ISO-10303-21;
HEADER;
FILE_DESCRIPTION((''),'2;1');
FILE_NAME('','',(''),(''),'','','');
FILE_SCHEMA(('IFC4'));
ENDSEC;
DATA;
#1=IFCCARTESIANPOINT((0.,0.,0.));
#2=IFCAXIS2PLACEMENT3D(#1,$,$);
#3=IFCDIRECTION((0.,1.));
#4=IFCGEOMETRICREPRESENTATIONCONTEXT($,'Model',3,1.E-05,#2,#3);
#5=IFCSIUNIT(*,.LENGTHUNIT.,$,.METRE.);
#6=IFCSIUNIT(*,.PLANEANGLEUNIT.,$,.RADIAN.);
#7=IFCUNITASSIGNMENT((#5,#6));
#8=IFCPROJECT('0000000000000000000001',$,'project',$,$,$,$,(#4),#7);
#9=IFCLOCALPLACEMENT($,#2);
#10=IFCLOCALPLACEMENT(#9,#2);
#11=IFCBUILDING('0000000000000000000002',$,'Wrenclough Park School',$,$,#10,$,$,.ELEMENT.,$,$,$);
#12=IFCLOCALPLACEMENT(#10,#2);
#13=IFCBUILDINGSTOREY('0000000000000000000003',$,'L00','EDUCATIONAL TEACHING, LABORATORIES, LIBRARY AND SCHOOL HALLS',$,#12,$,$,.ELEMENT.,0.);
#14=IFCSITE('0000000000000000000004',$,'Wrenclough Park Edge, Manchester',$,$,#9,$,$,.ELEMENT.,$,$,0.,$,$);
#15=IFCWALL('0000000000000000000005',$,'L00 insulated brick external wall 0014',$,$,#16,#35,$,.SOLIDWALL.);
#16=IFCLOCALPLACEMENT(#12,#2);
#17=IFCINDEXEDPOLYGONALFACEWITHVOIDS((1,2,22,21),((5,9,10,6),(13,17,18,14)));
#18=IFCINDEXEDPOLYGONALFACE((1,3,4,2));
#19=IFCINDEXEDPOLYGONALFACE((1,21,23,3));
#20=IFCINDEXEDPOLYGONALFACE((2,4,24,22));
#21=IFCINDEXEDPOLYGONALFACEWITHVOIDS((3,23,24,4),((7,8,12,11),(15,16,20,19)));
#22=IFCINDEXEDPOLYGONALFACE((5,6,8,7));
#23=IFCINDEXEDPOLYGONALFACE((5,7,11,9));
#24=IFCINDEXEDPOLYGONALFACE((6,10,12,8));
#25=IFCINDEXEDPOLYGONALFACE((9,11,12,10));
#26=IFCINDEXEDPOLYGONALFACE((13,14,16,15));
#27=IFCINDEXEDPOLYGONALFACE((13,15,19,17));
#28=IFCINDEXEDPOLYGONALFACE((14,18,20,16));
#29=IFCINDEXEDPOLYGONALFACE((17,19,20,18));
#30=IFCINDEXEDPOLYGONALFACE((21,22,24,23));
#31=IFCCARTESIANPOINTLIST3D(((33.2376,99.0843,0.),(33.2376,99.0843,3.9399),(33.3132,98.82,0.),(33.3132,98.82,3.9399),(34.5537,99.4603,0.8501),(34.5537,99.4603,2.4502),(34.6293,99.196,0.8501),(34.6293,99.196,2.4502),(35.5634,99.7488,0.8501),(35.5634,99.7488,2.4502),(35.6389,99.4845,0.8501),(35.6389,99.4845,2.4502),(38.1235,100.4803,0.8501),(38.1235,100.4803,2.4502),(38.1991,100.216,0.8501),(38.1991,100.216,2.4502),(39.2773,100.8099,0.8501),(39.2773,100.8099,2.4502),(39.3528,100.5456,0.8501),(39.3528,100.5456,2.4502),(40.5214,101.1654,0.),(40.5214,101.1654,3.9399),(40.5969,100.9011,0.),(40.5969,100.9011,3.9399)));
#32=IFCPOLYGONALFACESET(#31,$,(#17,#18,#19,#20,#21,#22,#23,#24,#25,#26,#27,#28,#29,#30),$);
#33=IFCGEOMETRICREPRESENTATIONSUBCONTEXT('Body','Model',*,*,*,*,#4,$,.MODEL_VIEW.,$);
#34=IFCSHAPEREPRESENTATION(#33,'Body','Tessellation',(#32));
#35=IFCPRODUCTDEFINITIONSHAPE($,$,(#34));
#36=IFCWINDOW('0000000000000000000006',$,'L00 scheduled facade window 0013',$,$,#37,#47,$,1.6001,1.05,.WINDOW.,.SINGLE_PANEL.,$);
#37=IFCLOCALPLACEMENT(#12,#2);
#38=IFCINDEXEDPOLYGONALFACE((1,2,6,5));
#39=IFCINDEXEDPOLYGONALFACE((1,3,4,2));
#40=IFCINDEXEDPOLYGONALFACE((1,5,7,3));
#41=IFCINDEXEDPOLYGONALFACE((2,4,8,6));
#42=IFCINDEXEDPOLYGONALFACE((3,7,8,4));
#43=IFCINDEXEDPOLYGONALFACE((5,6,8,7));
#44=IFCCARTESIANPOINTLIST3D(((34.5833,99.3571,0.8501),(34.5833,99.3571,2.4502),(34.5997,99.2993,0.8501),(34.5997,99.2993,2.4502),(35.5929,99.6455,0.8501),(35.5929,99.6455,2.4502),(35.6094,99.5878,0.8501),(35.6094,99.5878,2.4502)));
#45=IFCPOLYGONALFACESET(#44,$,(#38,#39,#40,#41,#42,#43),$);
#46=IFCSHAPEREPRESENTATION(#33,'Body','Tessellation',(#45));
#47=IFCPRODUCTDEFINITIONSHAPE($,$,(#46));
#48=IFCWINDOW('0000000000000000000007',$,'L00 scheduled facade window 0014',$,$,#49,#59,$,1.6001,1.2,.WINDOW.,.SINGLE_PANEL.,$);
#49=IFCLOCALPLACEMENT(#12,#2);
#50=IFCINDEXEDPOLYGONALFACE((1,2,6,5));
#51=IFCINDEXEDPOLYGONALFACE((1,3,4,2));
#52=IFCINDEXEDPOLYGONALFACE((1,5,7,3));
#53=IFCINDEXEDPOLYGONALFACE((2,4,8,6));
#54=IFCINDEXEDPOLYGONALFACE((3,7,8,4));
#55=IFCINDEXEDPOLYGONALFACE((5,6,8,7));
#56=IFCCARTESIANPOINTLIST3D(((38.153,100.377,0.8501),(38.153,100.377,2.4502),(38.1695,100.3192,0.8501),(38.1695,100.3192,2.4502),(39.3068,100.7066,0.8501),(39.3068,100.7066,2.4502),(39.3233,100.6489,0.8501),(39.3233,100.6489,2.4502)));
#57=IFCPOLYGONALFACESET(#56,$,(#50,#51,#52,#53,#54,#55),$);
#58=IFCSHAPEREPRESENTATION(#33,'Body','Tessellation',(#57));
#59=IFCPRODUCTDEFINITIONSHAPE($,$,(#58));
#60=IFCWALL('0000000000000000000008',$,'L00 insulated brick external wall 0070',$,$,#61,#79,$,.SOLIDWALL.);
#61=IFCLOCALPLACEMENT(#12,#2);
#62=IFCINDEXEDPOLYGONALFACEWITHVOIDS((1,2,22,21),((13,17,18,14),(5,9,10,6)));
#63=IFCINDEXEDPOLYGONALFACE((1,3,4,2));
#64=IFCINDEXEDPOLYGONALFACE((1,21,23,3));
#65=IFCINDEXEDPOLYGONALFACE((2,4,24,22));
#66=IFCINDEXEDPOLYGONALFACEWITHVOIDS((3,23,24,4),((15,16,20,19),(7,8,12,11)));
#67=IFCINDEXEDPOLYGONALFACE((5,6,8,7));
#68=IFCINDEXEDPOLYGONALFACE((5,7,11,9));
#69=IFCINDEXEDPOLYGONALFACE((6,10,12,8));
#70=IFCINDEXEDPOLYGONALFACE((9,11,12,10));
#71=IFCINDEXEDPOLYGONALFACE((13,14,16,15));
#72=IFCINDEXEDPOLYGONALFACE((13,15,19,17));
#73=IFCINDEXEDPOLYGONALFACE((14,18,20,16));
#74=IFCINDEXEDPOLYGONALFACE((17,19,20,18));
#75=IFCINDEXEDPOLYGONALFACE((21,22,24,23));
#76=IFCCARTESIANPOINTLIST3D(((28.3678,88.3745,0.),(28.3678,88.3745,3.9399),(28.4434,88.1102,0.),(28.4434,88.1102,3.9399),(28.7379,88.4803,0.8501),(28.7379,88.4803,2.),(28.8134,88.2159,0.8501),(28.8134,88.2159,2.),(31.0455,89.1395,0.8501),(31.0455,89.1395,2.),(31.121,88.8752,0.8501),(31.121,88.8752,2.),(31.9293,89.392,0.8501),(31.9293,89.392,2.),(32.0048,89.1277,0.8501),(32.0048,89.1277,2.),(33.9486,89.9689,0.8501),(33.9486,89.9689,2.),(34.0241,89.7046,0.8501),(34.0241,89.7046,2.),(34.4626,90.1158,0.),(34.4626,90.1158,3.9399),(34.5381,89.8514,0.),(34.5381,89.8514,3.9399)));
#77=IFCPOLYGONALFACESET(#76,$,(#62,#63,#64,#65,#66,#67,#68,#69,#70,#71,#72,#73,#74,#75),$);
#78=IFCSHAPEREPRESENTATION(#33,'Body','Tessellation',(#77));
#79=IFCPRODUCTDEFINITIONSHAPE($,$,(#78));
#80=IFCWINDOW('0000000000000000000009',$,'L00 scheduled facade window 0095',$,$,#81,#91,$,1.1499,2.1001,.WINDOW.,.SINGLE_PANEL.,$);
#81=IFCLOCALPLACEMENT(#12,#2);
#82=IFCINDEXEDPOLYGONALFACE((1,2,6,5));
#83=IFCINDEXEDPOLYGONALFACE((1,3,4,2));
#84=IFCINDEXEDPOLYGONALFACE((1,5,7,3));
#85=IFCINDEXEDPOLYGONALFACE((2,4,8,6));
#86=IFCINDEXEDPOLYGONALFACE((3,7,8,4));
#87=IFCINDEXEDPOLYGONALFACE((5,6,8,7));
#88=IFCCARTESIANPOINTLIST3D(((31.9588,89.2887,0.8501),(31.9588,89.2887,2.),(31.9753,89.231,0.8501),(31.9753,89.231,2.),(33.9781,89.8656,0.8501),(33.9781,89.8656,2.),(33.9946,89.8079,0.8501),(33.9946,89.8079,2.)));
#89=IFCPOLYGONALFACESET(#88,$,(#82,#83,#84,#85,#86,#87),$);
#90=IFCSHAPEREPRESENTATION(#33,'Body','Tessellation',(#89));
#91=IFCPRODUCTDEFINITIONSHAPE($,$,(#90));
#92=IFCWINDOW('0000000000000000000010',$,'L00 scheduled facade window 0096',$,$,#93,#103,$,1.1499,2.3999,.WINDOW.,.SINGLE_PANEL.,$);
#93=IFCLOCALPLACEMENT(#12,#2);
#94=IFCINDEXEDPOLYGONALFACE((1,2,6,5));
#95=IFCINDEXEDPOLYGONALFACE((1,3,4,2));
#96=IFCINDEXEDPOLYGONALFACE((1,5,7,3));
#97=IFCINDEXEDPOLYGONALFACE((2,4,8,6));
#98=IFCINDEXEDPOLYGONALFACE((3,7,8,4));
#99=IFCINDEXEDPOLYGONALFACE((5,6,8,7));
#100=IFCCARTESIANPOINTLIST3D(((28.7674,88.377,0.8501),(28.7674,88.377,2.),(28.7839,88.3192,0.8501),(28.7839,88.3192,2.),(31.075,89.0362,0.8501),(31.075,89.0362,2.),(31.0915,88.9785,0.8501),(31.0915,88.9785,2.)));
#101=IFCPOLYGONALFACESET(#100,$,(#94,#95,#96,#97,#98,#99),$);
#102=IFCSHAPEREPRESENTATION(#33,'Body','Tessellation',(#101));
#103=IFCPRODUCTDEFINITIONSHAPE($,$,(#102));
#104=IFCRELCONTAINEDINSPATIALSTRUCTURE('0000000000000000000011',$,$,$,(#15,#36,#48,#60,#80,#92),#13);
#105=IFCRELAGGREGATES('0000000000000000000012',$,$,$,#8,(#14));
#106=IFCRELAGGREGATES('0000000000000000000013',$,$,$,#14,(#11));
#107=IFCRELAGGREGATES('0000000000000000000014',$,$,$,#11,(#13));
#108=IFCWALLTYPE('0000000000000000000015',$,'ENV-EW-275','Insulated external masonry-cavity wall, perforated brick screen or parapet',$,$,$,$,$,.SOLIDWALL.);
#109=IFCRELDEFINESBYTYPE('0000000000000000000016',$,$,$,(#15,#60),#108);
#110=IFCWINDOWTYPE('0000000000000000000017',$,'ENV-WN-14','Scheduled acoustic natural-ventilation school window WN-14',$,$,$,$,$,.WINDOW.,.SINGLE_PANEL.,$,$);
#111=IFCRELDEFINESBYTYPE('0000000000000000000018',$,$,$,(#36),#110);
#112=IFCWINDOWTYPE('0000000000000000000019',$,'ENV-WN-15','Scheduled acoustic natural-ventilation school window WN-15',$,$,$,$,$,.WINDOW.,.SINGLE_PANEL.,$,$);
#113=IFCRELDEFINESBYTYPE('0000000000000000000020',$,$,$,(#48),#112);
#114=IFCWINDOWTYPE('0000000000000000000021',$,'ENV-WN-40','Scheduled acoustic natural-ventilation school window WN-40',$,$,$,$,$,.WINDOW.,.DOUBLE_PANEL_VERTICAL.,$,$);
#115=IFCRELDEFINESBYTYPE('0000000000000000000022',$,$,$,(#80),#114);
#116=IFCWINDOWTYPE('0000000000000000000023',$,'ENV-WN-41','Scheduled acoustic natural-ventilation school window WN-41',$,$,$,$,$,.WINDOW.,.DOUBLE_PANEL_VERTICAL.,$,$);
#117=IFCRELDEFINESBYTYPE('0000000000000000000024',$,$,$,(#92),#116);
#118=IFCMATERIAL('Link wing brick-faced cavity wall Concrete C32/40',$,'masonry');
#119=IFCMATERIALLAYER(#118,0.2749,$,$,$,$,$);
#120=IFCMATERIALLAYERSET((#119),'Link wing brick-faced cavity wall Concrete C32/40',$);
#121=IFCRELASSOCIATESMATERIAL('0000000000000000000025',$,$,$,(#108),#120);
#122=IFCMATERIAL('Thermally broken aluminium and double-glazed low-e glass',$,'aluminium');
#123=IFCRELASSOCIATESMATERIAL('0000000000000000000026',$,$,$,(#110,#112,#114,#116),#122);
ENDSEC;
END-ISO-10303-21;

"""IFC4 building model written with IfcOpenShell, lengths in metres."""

from ifc_helpers import new_model, si_unit, direction, frame, frame_2d, origin, place, context, subcontext, project, spatial, rectangle, extrude, material, layer, layer_set, type_object, element, fill, save


model = new_model("IFC4")

# Units and contexts
model_context = context("Model", 3, precision=1e-05, world=origin(), true_north=direction((0.0, 1.0)))
body_context = subcontext(model_context, "Body", "Model", "MODEL_VIEW")
ifc_project = project(units=[si_unit("LENGTHUNIT", "METRE"), si_unit("PLANEANGLEUNIT", "RADIAN")], contexts=[model_context])

# Site, building, storey
site_placement = place(None, origin())
site = spatial("IfcSite", under=ifc_project, at=site_placement, Name="Wrenclough Park Edge, Manchester", CompositionType="ELEMENT", RefElevation=0.0)
building_placement = place(site_placement, origin())
building = spatial("IfcBuilding", under=site, at=building_placement, Name="Wrenclough Park School", CompositionType="ELEMENT")
storey_placement = place(building_placement, origin())
storey = spatial("IfcBuildingStorey", under=building, at=storey_placement, Name="L00", Description="EDUCATIONAL TEACHING, LABORATORIES, LIBRARY AND SCHOOL HALLS", CompositionType="ELEMENT", Elevation=0.0)

# Walls, openings, windows
ifc_material_1 = material(Name="Link wing brick-faced cavity wall Concrete C32/40", Category="masonry")
ifc_layer_1 = layer(ifc_material_1, 0.2749)
ifc_layer_set_1 = layer_set([ifc_layer_1], Name="Link wing brick-faced cavity wall Concrete C32/40")
wall_type = type_object("IfcWallType", Name="ENV-EW-275", Description="Insulated external masonry-cavity wall, perforated brick screen or parapet", PredefinedType="SOLIDWALL", material=ifc_layer_set_1)
wall_1_placement = place(storey_placement, frame((33.2754, 98.9521, 0.0), z_axis=(0.0, 0.0, 1.0), x_axis=(0.961524, 0.274721, 0.0)))
wall_1 = element("IfcWall", 1, at=wall_1_placement, inside=storey, type_object=wall_type, Name="L00 insulated brick external wall 0014", PredefinedType="SOLIDWALL", context=body_context, shape_type="SweptSolid", body=[
    extrude(rectangle(XDim=7.5752, YDim=0.2749, at=frame_2d((3.7876, 0.0))), origin(), (0.0, 0.0, 1.0), 3.9399),
])
opening_1_placement = place(wall_1_placement, frame((1.3689, 0.0, 0.8501)))
opening_1 = element("IfcOpeningElement", 2, at=opening_1_placement, cuts=wall_1, PredefinedType="OPENING", context=body_context, shape_type="SweptSolid", body=[
    extrude(rectangle(XDim=1.05, YDim=1.6001, at=frame_2d((0.5249, 0.8))), frame((0.0, 0.1475, 0.0), z_axis=(0.0, -1.0, 0.0), x_axis=(1.0, 0.0, 0.0)), (0.0, 0.0, 1.0), 0.2949),
])
opening_2_placement = place(wall_1_placement, frame((5.0813, 0.0, 0.8501)))
opening_2 = element("IfcOpeningElement", 3, at=opening_2_placement, cuts=wall_1, PredefinedType="OPENING", context=body_context, shape_type="SweptSolid", body=[
    extrude(rectangle(XDim=1.2, YDim=1.6001, at=frame_2d((0.6001, 0.8))), frame((0.0, 0.1475, 0.0), z_axis=(0.0, -1.0, 0.0), x_axis=(1.0, 0.0, 0.0)), (0.0, 0.0, 1.0), 0.2949),
])
ifc_material_2 = material(Name="Thermally broken aluminium and double-glazed low-e glass", Category="aluminium")
window_type_1 = type_object("IfcWindowType", Name="ENV-WN-14", Description="Scheduled acoustic natural-ventilation school window WN-14", PartitioningType="SINGLE_PANEL", PredefinedType="WINDOW", material=ifc_material_2)
window_1_placement = place(opening_1_placement, origin())
window_1 = element("IfcWindow", 4, at=window_1_placement, inside=storey, type_object=window_type_1, Name="L00 scheduled facade window 0013", OverallHeight=1.6001, OverallWidth=1.05, PartitioningType="SINGLE_PANEL", PredefinedType="WINDOW", context=body_context, shape_type="SweptSolid", body=[
    extrude(rectangle(XDim=1.05, YDim=1.6001, at=frame_2d((0.5249, 0.8))), frame((0.0, 0.03, 0.0), z_axis=(0.0, -1.0, 0.0), x_axis=(1.0, 0.0, 0.0)), (0.0, 0.0, 1.0), 0.0601),
])
fill(opening_1, window_1)
window_type_2 = type_object("IfcWindowType", Name="ENV-WN-15", Description="Scheduled acoustic natural-ventilation school window WN-15", PartitioningType="SINGLE_PANEL", PredefinedType="WINDOW", material=ifc_material_2)
window_2_placement = place(opening_2_placement, origin())
window_2 = element("IfcWindow", 5, at=window_2_placement, inside=storey, type_object=window_type_2, Name="L00 scheduled facade window 0014", OverallHeight=1.6001, OverallWidth=1.2, PartitioningType="SINGLE_PANEL", PredefinedType="WINDOW", context=body_context, shape_type="SweptSolid", body=[
    extrude(rectangle(XDim=1.2, YDim=1.6001, at=frame_2d((0.6001, 0.8))), frame((0.0, 0.03, 0.0), z_axis=(0.0, -1.0, 0.0), x_axis=(1.0, 0.0, 0.0)), (0.0, 0.0, 1.0), 0.0601),
])
fill(opening_2, window_2)
wall_2_placement = place(storey_placement, frame((34.5005, 89.9836, 0.0), z_axis=(0.0, 0.0, 1.0), x_axis=(-0.96153, -0.274701, 0.0)))
wall_2 = element("IfcWall", 6, at=wall_2_placement, inside=storey, type_object=wall_type, Name="L00 insulated brick external wall 0070", PredefinedType="SOLIDWALL", context=body_context, shape_type="SweptSolid", body=[
    extrude(rectangle(XDim=6.3386, YDim=0.2749, at=frame_2d((3.1694, 0.0))), origin(), (0.0, 0.0, 1.0), 3.9399),
])
opening_3_placement = place(wall_2_placement, frame((0.5347, 0.0, 0.8501)))
opening_3 = element("IfcOpeningElement", 7, at=opening_3_placement, cuts=wall_2, PredefinedType="OPENING", context=body_context, shape_type="SweptSolid", body=[
    extrude(rectangle(XDim=2.1001, YDim=1.1499, at=frame_2d((1.05, 0.575))), frame((0.0, 0.1475, 0.0), z_axis=(0.0, -1.0, 0.0), x_axis=(1.0, 0.0, 0.0)), (0.0, 0.0, 1.0), 0.2949),
])
opening_4_placement = place(wall_2_placement, frame((3.554, 0.0, 0.8501)))
opening_4 = element("IfcOpeningElement", 8, at=opening_4_placement, cuts=wall_2, PredefinedType="OPENING", context=body_context, shape_type="SweptSolid", body=[
    extrude(rectangle(XDim=2.3999, YDim=1.1499, at=frame_2d((1.2, 0.575))), frame((0.0, 0.1475, 0.0), z_axis=(0.0, -1.0, 0.0), x_axis=(1.0, 0.0, 0.0)), (0.0, 0.0, 1.0), 0.2949),
])
window_type_3 = type_object("IfcWindowType", Name="ENV-WN-40", Description="Scheduled acoustic natural-ventilation school window WN-40", PartitioningType="DOUBLE_PANEL_VERTICAL", PredefinedType="WINDOW", material=ifc_material_2)
window_3_placement = place(opening_3_placement, origin())
window_3 = element("IfcWindow", 9, at=window_3_placement, inside=storey, type_object=window_type_3, Name="L00 scheduled facade window 0095", OverallHeight=1.1499, OverallWidth=2.1001, PartitioningType="SINGLE_PANEL", PredefinedType="WINDOW", context=body_context, shape_type="SweptSolid", body=[
    extrude(rectangle(XDim=2.1001, YDim=1.1499, at=frame_2d((1.05, 0.575))), frame((0.0, 0.03, 0.0), z_axis=(0.0, -1.0, 0.0), x_axis=(1.0, 0.0, 0.0)), (0.0, 0.0, 1.0), 0.0601),
])
fill(opening_3, window_3)
window_type_4 = type_object("IfcWindowType", Name="ENV-WN-41", Description="Scheduled acoustic natural-ventilation school window WN-41", PartitioningType="DOUBLE_PANEL_VERTICAL", PredefinedType="WINDOW", material=ifc_material_2)
window_4_placement = place(opening_4_placement, origin())
window_4 = element("IfcWindow", 10, at=window_4_placement, inside=storey, type_object=window_type_4, Name="L00 scheduled facade window 0096", OverallHeight=1.1499, OverallWidth=2.3999, PartitioningType="SINGLE_PANEL", PredefinedType="WINDOW", context=body_context, shape_type="SweptSolid", body=[
    extrude(rectangle(XDim=2.3999, YDim=1.1499, at=frame_2d((1.2, 0.575))), frame((0.0, 0.03, 0.0), z_axis=(0.0, -1.0, 0.0), x_axis=(1.0, 0.0, 0.0)), (0.0, 0.0, 1.0), 0.0601),
])
fill(opening_4, window_4)

save(model, "model.ifc")
